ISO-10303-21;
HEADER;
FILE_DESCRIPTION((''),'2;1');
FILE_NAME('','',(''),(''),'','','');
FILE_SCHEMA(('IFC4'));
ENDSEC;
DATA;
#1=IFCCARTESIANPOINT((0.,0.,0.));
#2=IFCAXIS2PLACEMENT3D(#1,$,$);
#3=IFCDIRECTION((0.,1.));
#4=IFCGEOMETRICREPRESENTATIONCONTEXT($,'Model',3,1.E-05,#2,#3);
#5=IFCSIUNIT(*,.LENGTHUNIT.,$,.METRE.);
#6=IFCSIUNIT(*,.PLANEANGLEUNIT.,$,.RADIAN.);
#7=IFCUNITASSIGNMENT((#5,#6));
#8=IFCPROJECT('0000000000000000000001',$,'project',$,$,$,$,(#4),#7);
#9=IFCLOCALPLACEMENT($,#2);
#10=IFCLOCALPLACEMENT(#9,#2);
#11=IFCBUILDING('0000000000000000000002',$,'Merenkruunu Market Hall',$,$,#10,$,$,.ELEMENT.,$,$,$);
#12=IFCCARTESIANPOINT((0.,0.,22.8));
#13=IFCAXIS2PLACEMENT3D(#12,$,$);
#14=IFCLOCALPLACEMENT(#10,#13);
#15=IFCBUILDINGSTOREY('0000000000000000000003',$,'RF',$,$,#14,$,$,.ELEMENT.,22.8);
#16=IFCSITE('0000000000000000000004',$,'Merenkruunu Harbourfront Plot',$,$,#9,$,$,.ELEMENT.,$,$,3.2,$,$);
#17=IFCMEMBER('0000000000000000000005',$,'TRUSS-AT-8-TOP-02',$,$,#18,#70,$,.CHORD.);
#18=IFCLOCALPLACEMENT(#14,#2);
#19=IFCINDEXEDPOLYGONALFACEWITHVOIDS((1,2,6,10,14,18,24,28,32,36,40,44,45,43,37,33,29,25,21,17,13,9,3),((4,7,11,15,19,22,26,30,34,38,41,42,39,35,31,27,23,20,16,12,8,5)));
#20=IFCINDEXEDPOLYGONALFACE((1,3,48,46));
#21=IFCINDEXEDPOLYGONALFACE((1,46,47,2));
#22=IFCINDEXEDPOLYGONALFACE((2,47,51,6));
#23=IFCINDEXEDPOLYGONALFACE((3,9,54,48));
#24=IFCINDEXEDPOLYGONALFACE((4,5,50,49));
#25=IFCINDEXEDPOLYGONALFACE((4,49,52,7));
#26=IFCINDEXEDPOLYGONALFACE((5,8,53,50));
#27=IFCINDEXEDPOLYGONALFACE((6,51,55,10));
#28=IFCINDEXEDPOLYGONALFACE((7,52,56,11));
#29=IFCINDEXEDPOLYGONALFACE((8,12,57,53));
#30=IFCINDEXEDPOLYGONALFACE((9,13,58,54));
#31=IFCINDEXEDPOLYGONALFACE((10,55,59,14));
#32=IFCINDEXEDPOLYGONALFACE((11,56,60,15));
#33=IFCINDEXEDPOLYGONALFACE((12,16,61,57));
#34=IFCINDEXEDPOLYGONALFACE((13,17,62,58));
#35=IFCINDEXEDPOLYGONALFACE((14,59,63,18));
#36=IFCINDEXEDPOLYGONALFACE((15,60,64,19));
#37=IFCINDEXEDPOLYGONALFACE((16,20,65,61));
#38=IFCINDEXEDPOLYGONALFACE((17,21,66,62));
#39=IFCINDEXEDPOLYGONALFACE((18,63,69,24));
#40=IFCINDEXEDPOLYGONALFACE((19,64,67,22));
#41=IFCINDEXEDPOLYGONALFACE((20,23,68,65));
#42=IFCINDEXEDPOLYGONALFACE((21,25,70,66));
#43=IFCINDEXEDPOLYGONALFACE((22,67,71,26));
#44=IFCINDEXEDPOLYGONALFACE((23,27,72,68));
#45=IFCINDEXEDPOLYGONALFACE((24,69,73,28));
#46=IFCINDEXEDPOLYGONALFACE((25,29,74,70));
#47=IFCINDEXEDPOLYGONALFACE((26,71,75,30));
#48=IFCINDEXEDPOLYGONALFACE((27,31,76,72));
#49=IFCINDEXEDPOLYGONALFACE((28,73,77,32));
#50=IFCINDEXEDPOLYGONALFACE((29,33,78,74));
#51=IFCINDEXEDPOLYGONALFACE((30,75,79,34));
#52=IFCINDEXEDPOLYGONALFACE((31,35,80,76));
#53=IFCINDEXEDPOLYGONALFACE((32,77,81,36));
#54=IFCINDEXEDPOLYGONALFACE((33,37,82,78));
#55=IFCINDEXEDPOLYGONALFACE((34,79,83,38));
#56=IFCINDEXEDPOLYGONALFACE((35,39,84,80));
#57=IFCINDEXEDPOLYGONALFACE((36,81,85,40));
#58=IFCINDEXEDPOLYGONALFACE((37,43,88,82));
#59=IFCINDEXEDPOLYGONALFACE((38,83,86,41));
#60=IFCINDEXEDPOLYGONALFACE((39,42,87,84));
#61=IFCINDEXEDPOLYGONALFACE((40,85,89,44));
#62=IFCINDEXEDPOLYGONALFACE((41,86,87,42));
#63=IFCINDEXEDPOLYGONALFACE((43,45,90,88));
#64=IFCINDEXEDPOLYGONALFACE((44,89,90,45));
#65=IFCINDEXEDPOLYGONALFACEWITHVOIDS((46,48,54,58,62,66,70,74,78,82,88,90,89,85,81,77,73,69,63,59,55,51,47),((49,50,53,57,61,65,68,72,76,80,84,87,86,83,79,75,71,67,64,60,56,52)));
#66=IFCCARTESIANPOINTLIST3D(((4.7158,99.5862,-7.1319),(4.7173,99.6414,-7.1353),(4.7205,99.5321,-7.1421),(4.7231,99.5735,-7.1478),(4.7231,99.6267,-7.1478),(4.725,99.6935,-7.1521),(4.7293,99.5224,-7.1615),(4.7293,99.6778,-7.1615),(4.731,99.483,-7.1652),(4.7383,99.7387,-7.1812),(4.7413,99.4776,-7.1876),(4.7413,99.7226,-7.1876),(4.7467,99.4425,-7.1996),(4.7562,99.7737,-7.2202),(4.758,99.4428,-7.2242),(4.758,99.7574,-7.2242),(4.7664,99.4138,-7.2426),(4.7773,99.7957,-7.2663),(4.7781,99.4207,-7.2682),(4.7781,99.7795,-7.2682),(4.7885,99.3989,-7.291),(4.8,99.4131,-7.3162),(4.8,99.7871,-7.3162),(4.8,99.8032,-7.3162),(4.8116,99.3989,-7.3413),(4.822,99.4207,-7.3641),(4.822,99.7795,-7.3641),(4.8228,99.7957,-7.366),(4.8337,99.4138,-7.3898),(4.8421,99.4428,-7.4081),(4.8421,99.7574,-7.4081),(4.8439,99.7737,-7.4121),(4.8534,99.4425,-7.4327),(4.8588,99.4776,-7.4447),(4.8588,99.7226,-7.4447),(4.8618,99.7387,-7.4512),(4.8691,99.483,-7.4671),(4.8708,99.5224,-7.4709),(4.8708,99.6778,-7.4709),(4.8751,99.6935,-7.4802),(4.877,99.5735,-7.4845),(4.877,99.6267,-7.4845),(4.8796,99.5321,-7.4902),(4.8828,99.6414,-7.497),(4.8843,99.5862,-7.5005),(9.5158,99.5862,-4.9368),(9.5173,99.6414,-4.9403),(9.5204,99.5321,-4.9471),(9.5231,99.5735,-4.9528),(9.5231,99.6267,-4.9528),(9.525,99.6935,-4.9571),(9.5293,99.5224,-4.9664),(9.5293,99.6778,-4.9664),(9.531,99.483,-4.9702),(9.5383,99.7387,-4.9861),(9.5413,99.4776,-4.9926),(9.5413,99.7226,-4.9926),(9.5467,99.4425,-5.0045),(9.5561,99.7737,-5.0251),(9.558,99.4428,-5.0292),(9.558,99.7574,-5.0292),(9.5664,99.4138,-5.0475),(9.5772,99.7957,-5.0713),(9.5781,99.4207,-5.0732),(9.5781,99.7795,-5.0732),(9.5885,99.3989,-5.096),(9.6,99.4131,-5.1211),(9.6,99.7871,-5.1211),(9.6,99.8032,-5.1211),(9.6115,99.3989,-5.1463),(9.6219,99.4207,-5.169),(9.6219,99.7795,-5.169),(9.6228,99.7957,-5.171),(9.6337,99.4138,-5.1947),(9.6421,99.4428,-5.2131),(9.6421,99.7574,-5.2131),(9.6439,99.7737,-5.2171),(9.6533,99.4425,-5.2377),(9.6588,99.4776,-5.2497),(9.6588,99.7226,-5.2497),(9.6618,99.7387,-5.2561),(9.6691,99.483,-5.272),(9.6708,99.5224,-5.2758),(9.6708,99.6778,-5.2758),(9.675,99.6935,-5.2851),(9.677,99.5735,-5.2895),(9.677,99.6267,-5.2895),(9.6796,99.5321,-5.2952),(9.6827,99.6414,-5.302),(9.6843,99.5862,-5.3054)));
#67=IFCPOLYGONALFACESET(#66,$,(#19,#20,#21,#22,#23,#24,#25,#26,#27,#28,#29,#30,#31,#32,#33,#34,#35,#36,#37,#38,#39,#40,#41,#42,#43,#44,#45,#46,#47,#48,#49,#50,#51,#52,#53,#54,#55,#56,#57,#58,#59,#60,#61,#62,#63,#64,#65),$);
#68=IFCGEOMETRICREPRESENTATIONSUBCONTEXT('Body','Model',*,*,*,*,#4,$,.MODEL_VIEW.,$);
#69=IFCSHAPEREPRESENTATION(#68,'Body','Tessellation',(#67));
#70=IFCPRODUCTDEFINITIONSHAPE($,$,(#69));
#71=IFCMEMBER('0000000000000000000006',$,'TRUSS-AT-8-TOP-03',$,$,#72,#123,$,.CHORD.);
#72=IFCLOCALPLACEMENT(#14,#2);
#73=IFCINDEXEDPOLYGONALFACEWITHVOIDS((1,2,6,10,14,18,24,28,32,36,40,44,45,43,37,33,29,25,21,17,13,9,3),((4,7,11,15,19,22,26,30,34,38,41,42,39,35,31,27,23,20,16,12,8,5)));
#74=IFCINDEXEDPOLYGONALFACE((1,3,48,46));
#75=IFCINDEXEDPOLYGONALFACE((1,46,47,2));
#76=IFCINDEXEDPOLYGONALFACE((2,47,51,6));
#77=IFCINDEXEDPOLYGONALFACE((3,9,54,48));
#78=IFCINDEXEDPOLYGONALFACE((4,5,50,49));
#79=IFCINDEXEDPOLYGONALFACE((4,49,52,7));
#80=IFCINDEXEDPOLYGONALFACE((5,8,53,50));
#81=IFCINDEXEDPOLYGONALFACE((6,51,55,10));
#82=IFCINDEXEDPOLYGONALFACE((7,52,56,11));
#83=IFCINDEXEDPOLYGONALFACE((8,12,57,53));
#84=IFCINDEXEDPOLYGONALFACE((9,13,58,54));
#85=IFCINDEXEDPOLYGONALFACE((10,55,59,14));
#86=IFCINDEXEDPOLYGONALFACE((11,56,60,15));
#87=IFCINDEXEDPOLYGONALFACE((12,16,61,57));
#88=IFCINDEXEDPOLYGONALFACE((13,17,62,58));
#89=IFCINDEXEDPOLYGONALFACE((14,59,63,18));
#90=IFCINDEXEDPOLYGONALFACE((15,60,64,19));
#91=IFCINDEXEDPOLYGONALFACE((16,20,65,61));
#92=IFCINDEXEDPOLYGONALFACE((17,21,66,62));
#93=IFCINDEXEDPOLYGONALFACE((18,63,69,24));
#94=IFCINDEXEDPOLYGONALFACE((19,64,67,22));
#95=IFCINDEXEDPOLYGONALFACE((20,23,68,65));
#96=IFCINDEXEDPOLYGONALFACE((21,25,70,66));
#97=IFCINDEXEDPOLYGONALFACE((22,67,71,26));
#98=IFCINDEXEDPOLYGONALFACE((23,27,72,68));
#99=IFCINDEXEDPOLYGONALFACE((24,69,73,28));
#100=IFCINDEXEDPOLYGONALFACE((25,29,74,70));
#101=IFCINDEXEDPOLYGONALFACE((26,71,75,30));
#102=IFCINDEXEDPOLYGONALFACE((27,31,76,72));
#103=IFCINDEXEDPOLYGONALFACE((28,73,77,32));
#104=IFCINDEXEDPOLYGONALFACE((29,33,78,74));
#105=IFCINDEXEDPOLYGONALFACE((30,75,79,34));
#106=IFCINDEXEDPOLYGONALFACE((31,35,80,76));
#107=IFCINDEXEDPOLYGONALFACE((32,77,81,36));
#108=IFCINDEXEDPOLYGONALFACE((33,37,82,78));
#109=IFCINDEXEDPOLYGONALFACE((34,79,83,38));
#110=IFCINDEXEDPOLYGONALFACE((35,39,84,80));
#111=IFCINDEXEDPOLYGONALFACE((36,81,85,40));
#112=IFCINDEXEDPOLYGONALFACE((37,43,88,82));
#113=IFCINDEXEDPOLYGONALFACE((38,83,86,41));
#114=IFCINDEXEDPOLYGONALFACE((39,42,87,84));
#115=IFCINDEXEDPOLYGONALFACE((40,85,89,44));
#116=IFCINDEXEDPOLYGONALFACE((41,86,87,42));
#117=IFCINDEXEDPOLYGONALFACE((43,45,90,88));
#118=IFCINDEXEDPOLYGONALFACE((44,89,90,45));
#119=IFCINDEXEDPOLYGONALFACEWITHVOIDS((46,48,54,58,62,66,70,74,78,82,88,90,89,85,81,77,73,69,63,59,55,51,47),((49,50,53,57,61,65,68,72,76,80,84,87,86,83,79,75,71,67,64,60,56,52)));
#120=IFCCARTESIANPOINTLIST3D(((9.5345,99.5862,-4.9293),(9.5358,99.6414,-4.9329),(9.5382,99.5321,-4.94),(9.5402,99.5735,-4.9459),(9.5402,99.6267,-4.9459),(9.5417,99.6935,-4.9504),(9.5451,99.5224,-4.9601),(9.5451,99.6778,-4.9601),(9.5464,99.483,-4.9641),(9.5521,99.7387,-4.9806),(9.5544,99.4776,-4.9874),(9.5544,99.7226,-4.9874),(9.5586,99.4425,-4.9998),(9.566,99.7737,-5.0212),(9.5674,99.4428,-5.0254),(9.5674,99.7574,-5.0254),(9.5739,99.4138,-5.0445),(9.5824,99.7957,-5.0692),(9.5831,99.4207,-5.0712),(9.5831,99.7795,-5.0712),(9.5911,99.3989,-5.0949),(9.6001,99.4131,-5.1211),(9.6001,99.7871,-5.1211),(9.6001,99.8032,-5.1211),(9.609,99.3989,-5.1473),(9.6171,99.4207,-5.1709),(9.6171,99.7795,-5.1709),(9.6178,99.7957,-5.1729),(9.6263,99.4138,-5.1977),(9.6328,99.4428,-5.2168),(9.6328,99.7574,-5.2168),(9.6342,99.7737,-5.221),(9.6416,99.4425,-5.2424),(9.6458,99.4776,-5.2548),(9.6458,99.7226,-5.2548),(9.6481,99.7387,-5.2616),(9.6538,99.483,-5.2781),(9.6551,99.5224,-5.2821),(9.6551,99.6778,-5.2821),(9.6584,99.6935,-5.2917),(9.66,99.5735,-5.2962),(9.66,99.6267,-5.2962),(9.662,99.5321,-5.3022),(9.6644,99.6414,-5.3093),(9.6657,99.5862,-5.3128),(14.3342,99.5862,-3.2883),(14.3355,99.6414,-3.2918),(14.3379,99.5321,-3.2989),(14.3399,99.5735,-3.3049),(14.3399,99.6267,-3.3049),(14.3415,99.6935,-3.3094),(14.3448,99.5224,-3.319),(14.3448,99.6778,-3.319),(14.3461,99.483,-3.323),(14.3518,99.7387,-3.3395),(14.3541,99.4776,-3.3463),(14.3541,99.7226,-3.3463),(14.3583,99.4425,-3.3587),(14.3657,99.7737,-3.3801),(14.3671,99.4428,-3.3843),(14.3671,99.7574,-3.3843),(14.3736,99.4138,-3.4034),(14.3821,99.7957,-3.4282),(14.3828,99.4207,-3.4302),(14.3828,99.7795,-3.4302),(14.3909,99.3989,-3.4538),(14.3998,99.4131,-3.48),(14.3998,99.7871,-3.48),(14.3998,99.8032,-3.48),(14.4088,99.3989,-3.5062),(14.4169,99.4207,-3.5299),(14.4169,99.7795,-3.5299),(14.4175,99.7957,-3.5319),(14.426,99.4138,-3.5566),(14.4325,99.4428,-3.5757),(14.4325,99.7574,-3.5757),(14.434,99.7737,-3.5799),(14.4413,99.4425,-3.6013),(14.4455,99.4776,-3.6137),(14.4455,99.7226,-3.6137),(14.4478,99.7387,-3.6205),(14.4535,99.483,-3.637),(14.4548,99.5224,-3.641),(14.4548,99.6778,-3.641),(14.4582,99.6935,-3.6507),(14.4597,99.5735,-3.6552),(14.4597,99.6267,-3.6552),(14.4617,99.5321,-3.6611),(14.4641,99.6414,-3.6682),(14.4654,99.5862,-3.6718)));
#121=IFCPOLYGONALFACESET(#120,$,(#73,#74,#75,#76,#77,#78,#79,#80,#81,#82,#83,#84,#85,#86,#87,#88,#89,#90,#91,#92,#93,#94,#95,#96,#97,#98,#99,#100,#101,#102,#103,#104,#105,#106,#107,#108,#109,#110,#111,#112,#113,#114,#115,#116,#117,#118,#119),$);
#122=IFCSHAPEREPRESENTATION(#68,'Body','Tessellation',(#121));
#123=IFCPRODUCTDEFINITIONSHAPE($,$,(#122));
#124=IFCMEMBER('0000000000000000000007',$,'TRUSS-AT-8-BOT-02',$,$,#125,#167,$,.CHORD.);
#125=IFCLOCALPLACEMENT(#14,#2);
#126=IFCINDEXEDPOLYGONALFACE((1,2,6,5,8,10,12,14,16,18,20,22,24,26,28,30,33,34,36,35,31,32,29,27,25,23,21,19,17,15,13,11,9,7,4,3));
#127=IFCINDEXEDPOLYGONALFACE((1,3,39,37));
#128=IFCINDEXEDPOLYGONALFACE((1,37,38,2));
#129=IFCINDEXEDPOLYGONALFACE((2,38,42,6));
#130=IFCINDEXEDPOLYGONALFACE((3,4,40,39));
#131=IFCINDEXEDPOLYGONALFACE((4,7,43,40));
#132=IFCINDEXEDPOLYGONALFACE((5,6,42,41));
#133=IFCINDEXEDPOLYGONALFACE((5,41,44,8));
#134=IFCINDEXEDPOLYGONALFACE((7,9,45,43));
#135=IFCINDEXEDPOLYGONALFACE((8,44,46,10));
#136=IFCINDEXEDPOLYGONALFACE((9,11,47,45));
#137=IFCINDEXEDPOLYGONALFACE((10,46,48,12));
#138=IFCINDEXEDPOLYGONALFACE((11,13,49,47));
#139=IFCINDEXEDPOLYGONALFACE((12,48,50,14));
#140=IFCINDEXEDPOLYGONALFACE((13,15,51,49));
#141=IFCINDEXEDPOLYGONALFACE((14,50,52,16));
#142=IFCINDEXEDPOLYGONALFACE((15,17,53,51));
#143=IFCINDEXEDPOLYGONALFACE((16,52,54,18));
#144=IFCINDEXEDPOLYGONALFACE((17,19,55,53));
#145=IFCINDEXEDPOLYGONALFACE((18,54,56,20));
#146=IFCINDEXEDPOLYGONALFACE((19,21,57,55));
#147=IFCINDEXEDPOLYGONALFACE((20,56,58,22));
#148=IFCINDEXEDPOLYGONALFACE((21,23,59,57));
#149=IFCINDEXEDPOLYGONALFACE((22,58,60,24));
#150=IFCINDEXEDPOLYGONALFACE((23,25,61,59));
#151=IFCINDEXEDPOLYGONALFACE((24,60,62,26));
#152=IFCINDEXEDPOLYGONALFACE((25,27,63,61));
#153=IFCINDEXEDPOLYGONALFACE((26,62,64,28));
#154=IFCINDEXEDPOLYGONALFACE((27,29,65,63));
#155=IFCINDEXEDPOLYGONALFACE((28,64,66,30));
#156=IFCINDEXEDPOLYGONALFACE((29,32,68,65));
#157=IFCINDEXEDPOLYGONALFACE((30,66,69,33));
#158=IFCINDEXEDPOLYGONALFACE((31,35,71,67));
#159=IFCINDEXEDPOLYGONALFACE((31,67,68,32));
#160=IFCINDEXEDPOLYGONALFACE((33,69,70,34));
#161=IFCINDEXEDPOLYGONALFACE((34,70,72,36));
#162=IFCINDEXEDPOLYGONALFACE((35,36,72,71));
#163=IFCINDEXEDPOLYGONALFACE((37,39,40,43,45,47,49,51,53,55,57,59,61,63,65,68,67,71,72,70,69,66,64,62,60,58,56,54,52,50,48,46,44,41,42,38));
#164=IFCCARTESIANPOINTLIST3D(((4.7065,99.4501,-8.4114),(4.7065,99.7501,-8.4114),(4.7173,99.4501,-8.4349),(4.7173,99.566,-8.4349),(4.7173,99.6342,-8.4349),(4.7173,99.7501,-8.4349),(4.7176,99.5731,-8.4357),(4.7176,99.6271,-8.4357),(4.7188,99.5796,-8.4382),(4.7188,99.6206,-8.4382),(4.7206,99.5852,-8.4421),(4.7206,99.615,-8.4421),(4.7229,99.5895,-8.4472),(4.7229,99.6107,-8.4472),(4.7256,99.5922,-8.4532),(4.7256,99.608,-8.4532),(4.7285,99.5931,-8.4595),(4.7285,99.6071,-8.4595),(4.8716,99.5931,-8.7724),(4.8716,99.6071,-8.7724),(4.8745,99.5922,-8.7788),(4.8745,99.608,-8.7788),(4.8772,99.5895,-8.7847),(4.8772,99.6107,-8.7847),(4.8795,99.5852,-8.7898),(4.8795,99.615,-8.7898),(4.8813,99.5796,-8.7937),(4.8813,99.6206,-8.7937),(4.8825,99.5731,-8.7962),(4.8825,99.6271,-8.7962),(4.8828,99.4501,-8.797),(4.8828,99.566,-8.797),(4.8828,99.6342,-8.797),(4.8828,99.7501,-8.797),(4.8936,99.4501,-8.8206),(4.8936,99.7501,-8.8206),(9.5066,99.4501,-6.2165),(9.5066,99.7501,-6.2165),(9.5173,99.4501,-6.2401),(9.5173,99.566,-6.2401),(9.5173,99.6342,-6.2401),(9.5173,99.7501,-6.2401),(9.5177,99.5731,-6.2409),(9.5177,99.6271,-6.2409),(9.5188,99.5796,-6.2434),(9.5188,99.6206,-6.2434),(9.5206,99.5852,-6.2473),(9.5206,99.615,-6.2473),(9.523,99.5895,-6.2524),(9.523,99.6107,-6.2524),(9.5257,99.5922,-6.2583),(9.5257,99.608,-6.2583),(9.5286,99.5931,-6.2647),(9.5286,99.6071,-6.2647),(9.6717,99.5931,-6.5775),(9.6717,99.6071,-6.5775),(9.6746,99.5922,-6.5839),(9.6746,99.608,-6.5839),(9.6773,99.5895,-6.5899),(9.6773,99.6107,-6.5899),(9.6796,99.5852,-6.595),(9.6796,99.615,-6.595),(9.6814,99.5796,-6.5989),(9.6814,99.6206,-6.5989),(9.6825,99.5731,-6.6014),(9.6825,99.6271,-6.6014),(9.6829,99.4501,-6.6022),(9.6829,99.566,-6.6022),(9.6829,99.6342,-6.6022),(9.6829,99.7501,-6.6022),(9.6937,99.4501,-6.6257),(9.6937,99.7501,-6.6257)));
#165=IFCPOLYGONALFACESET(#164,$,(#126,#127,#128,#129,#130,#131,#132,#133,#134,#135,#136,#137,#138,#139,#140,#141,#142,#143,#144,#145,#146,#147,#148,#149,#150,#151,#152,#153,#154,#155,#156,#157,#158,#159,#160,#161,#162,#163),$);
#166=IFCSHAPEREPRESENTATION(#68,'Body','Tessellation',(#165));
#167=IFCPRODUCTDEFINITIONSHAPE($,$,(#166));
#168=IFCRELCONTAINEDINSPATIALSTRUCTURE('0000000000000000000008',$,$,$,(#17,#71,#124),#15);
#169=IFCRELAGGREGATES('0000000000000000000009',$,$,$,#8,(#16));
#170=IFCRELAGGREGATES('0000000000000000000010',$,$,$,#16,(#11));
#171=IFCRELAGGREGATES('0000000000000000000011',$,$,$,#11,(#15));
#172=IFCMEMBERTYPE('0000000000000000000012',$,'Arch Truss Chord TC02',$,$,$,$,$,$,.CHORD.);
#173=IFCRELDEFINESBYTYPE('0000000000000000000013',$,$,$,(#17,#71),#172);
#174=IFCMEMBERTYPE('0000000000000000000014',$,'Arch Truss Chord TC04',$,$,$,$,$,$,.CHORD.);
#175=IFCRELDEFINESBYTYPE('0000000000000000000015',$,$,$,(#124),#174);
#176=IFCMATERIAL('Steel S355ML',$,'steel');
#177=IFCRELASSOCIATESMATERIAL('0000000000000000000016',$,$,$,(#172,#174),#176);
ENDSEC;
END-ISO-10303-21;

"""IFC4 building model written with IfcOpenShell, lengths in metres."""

from ifc_helpers import new_model, si_unit, direction, frame, origin, origin_2d, place, context, subcontext, project, spatial, hollow_circle, i_section, extrude, material, material_profile, profile_set, type_object, element, save


model = new_model("IFC4")

# Units and contexts
model_context = context("Model", 3, precision=1e-05, world=origin(), true_north=direction((0.0, 1.0)))
body_context = subcontext(model_context, "Body", "Model", "MODEL_VIEW")
ifc_project = project(units=[si_unit("LENGTHUNIT", "METRE"), si_unit("PLANEANGLEUNIT", "RADIAN")], contexts=[model_context])

# Site, building, storey
site_placement = place(None, origin())
site = spatial("IfcSite", under=ifc_project, at=site_placement, Name="Merenkruunu Harbourfront Plot", CompositionType="ELEMENT", RefElevation=3.2)
building_placement = place(site_placement, origin())
building = spatial("IfcBuilding", under=site, at=building_placement, Name="Merenkruunu Market Hall", CompositionType="ELEMENT")
storey_placement = place(building_placement, frame((0.0, 0.0, 22.8)))
storey = spatial("IfcBuildingStorey", under=building, at=storey_placement, Name="RF", CompositionType="ELEMENT", Elevation=22.8)

# Members
ifc_material_1 = material(Name="Steel S355ML", Category="steel")
ifc_material_profile_1 = material_profile(ifc_material_1, hollow_circle(Radius=0.2031, WallThickness=0.0161, at=origin_2d()), Name="CHS 406.4x16")
ifc_profile_set_1 = profile_set([ifc_material_profile_1], Name="Steel S355ML")
member_type_1 = type_object("IfcMemberType", Name="Arch Truss Chord TC02", PredefinedType="CHORD", material=ifc_profile_set_1)
member_1_placement = place(storey_placement, frame((4.8, 99.6001, -7.3162), z_axis=(0.90942, 0.0, 0.415879), x_axis=(0.0, 1.0, 0.0)))
element("IfcMember", 1, at=member_1_placement, inside=storey, type_object=member_type_1, Name="TRUSS-AT-8-TOP-02", PredefinedType="CHORD", context=body_context, shape_type="SweptSolid", body=[
    extrude(hollow_circle(Radius=0.2031, WallThickness=0.0161, at=origin_2d()), origin(), (0.0, 0.0, 1.0), 5.2781),
])
member_2_placement = place(storey_placement, frame((9.6001, 99.6001, -5.1211), z_axis=(0.94622, 0.0, 0.323524), x_axis=(0.0, 1.0, 0.0)))
element("IfcMember", 2, at=member_2_placement, inside=storey, type_object=member_type_1, Name="TRUSS-AT-8-TOP-03", PredefinedType="CHORD", context=body_context, shape_type="SweptSolid", body=[
    extrude(hollow_circle(Radius=0.2031, WallThickness=0.0161, at=origin_2d()), origin(), (0.0, 0.0, 1.0), 5.0725),
])
ifc_material_profile_2 = material_profile(ifc_material_1, i_section(OverallWidth=0.3, OverallDepth=0.45, WebThickness=0.0139, FlangeThickness=0.0259, FilletRadius=0.0271, at=origin_2d()), Name="HEB 450")
ifc_profile_set_2 = profile_set([ifc_material_profile_2], Name="Steel S355ML")
member_type_2 = type_object("IfcMemberType", Name="Arch Truss Chord TC04", PredefinedType="CHORD", material=ifc_profile_set_2)
member_3_placement = place(storey_placement, frame((4.8, 99.6001, -8.616), z_axis=(0.909437, 0.0, 0.415841), x_axis=(0.0, 1.0, 0.0)))
element("IfcMember", 3, at=member_3_placement, inside=storey, type_object=member_type_2, Name="TRUSS-AT-8-BOT-02", PredefinedType="CHORD", context=body_context, shape_type="SweptSolid", body=[
    extrude(i_section(OverallWidth=0.3, OverallDepth=0.45, WebThickness=0.0139, FlangeThickness=0.0259, FilletRadius=0.0271, at=origin_2d()), origin(), (0.0, 0.0, 1.0), 5.2781),
])

save(model, "model.ifc")
